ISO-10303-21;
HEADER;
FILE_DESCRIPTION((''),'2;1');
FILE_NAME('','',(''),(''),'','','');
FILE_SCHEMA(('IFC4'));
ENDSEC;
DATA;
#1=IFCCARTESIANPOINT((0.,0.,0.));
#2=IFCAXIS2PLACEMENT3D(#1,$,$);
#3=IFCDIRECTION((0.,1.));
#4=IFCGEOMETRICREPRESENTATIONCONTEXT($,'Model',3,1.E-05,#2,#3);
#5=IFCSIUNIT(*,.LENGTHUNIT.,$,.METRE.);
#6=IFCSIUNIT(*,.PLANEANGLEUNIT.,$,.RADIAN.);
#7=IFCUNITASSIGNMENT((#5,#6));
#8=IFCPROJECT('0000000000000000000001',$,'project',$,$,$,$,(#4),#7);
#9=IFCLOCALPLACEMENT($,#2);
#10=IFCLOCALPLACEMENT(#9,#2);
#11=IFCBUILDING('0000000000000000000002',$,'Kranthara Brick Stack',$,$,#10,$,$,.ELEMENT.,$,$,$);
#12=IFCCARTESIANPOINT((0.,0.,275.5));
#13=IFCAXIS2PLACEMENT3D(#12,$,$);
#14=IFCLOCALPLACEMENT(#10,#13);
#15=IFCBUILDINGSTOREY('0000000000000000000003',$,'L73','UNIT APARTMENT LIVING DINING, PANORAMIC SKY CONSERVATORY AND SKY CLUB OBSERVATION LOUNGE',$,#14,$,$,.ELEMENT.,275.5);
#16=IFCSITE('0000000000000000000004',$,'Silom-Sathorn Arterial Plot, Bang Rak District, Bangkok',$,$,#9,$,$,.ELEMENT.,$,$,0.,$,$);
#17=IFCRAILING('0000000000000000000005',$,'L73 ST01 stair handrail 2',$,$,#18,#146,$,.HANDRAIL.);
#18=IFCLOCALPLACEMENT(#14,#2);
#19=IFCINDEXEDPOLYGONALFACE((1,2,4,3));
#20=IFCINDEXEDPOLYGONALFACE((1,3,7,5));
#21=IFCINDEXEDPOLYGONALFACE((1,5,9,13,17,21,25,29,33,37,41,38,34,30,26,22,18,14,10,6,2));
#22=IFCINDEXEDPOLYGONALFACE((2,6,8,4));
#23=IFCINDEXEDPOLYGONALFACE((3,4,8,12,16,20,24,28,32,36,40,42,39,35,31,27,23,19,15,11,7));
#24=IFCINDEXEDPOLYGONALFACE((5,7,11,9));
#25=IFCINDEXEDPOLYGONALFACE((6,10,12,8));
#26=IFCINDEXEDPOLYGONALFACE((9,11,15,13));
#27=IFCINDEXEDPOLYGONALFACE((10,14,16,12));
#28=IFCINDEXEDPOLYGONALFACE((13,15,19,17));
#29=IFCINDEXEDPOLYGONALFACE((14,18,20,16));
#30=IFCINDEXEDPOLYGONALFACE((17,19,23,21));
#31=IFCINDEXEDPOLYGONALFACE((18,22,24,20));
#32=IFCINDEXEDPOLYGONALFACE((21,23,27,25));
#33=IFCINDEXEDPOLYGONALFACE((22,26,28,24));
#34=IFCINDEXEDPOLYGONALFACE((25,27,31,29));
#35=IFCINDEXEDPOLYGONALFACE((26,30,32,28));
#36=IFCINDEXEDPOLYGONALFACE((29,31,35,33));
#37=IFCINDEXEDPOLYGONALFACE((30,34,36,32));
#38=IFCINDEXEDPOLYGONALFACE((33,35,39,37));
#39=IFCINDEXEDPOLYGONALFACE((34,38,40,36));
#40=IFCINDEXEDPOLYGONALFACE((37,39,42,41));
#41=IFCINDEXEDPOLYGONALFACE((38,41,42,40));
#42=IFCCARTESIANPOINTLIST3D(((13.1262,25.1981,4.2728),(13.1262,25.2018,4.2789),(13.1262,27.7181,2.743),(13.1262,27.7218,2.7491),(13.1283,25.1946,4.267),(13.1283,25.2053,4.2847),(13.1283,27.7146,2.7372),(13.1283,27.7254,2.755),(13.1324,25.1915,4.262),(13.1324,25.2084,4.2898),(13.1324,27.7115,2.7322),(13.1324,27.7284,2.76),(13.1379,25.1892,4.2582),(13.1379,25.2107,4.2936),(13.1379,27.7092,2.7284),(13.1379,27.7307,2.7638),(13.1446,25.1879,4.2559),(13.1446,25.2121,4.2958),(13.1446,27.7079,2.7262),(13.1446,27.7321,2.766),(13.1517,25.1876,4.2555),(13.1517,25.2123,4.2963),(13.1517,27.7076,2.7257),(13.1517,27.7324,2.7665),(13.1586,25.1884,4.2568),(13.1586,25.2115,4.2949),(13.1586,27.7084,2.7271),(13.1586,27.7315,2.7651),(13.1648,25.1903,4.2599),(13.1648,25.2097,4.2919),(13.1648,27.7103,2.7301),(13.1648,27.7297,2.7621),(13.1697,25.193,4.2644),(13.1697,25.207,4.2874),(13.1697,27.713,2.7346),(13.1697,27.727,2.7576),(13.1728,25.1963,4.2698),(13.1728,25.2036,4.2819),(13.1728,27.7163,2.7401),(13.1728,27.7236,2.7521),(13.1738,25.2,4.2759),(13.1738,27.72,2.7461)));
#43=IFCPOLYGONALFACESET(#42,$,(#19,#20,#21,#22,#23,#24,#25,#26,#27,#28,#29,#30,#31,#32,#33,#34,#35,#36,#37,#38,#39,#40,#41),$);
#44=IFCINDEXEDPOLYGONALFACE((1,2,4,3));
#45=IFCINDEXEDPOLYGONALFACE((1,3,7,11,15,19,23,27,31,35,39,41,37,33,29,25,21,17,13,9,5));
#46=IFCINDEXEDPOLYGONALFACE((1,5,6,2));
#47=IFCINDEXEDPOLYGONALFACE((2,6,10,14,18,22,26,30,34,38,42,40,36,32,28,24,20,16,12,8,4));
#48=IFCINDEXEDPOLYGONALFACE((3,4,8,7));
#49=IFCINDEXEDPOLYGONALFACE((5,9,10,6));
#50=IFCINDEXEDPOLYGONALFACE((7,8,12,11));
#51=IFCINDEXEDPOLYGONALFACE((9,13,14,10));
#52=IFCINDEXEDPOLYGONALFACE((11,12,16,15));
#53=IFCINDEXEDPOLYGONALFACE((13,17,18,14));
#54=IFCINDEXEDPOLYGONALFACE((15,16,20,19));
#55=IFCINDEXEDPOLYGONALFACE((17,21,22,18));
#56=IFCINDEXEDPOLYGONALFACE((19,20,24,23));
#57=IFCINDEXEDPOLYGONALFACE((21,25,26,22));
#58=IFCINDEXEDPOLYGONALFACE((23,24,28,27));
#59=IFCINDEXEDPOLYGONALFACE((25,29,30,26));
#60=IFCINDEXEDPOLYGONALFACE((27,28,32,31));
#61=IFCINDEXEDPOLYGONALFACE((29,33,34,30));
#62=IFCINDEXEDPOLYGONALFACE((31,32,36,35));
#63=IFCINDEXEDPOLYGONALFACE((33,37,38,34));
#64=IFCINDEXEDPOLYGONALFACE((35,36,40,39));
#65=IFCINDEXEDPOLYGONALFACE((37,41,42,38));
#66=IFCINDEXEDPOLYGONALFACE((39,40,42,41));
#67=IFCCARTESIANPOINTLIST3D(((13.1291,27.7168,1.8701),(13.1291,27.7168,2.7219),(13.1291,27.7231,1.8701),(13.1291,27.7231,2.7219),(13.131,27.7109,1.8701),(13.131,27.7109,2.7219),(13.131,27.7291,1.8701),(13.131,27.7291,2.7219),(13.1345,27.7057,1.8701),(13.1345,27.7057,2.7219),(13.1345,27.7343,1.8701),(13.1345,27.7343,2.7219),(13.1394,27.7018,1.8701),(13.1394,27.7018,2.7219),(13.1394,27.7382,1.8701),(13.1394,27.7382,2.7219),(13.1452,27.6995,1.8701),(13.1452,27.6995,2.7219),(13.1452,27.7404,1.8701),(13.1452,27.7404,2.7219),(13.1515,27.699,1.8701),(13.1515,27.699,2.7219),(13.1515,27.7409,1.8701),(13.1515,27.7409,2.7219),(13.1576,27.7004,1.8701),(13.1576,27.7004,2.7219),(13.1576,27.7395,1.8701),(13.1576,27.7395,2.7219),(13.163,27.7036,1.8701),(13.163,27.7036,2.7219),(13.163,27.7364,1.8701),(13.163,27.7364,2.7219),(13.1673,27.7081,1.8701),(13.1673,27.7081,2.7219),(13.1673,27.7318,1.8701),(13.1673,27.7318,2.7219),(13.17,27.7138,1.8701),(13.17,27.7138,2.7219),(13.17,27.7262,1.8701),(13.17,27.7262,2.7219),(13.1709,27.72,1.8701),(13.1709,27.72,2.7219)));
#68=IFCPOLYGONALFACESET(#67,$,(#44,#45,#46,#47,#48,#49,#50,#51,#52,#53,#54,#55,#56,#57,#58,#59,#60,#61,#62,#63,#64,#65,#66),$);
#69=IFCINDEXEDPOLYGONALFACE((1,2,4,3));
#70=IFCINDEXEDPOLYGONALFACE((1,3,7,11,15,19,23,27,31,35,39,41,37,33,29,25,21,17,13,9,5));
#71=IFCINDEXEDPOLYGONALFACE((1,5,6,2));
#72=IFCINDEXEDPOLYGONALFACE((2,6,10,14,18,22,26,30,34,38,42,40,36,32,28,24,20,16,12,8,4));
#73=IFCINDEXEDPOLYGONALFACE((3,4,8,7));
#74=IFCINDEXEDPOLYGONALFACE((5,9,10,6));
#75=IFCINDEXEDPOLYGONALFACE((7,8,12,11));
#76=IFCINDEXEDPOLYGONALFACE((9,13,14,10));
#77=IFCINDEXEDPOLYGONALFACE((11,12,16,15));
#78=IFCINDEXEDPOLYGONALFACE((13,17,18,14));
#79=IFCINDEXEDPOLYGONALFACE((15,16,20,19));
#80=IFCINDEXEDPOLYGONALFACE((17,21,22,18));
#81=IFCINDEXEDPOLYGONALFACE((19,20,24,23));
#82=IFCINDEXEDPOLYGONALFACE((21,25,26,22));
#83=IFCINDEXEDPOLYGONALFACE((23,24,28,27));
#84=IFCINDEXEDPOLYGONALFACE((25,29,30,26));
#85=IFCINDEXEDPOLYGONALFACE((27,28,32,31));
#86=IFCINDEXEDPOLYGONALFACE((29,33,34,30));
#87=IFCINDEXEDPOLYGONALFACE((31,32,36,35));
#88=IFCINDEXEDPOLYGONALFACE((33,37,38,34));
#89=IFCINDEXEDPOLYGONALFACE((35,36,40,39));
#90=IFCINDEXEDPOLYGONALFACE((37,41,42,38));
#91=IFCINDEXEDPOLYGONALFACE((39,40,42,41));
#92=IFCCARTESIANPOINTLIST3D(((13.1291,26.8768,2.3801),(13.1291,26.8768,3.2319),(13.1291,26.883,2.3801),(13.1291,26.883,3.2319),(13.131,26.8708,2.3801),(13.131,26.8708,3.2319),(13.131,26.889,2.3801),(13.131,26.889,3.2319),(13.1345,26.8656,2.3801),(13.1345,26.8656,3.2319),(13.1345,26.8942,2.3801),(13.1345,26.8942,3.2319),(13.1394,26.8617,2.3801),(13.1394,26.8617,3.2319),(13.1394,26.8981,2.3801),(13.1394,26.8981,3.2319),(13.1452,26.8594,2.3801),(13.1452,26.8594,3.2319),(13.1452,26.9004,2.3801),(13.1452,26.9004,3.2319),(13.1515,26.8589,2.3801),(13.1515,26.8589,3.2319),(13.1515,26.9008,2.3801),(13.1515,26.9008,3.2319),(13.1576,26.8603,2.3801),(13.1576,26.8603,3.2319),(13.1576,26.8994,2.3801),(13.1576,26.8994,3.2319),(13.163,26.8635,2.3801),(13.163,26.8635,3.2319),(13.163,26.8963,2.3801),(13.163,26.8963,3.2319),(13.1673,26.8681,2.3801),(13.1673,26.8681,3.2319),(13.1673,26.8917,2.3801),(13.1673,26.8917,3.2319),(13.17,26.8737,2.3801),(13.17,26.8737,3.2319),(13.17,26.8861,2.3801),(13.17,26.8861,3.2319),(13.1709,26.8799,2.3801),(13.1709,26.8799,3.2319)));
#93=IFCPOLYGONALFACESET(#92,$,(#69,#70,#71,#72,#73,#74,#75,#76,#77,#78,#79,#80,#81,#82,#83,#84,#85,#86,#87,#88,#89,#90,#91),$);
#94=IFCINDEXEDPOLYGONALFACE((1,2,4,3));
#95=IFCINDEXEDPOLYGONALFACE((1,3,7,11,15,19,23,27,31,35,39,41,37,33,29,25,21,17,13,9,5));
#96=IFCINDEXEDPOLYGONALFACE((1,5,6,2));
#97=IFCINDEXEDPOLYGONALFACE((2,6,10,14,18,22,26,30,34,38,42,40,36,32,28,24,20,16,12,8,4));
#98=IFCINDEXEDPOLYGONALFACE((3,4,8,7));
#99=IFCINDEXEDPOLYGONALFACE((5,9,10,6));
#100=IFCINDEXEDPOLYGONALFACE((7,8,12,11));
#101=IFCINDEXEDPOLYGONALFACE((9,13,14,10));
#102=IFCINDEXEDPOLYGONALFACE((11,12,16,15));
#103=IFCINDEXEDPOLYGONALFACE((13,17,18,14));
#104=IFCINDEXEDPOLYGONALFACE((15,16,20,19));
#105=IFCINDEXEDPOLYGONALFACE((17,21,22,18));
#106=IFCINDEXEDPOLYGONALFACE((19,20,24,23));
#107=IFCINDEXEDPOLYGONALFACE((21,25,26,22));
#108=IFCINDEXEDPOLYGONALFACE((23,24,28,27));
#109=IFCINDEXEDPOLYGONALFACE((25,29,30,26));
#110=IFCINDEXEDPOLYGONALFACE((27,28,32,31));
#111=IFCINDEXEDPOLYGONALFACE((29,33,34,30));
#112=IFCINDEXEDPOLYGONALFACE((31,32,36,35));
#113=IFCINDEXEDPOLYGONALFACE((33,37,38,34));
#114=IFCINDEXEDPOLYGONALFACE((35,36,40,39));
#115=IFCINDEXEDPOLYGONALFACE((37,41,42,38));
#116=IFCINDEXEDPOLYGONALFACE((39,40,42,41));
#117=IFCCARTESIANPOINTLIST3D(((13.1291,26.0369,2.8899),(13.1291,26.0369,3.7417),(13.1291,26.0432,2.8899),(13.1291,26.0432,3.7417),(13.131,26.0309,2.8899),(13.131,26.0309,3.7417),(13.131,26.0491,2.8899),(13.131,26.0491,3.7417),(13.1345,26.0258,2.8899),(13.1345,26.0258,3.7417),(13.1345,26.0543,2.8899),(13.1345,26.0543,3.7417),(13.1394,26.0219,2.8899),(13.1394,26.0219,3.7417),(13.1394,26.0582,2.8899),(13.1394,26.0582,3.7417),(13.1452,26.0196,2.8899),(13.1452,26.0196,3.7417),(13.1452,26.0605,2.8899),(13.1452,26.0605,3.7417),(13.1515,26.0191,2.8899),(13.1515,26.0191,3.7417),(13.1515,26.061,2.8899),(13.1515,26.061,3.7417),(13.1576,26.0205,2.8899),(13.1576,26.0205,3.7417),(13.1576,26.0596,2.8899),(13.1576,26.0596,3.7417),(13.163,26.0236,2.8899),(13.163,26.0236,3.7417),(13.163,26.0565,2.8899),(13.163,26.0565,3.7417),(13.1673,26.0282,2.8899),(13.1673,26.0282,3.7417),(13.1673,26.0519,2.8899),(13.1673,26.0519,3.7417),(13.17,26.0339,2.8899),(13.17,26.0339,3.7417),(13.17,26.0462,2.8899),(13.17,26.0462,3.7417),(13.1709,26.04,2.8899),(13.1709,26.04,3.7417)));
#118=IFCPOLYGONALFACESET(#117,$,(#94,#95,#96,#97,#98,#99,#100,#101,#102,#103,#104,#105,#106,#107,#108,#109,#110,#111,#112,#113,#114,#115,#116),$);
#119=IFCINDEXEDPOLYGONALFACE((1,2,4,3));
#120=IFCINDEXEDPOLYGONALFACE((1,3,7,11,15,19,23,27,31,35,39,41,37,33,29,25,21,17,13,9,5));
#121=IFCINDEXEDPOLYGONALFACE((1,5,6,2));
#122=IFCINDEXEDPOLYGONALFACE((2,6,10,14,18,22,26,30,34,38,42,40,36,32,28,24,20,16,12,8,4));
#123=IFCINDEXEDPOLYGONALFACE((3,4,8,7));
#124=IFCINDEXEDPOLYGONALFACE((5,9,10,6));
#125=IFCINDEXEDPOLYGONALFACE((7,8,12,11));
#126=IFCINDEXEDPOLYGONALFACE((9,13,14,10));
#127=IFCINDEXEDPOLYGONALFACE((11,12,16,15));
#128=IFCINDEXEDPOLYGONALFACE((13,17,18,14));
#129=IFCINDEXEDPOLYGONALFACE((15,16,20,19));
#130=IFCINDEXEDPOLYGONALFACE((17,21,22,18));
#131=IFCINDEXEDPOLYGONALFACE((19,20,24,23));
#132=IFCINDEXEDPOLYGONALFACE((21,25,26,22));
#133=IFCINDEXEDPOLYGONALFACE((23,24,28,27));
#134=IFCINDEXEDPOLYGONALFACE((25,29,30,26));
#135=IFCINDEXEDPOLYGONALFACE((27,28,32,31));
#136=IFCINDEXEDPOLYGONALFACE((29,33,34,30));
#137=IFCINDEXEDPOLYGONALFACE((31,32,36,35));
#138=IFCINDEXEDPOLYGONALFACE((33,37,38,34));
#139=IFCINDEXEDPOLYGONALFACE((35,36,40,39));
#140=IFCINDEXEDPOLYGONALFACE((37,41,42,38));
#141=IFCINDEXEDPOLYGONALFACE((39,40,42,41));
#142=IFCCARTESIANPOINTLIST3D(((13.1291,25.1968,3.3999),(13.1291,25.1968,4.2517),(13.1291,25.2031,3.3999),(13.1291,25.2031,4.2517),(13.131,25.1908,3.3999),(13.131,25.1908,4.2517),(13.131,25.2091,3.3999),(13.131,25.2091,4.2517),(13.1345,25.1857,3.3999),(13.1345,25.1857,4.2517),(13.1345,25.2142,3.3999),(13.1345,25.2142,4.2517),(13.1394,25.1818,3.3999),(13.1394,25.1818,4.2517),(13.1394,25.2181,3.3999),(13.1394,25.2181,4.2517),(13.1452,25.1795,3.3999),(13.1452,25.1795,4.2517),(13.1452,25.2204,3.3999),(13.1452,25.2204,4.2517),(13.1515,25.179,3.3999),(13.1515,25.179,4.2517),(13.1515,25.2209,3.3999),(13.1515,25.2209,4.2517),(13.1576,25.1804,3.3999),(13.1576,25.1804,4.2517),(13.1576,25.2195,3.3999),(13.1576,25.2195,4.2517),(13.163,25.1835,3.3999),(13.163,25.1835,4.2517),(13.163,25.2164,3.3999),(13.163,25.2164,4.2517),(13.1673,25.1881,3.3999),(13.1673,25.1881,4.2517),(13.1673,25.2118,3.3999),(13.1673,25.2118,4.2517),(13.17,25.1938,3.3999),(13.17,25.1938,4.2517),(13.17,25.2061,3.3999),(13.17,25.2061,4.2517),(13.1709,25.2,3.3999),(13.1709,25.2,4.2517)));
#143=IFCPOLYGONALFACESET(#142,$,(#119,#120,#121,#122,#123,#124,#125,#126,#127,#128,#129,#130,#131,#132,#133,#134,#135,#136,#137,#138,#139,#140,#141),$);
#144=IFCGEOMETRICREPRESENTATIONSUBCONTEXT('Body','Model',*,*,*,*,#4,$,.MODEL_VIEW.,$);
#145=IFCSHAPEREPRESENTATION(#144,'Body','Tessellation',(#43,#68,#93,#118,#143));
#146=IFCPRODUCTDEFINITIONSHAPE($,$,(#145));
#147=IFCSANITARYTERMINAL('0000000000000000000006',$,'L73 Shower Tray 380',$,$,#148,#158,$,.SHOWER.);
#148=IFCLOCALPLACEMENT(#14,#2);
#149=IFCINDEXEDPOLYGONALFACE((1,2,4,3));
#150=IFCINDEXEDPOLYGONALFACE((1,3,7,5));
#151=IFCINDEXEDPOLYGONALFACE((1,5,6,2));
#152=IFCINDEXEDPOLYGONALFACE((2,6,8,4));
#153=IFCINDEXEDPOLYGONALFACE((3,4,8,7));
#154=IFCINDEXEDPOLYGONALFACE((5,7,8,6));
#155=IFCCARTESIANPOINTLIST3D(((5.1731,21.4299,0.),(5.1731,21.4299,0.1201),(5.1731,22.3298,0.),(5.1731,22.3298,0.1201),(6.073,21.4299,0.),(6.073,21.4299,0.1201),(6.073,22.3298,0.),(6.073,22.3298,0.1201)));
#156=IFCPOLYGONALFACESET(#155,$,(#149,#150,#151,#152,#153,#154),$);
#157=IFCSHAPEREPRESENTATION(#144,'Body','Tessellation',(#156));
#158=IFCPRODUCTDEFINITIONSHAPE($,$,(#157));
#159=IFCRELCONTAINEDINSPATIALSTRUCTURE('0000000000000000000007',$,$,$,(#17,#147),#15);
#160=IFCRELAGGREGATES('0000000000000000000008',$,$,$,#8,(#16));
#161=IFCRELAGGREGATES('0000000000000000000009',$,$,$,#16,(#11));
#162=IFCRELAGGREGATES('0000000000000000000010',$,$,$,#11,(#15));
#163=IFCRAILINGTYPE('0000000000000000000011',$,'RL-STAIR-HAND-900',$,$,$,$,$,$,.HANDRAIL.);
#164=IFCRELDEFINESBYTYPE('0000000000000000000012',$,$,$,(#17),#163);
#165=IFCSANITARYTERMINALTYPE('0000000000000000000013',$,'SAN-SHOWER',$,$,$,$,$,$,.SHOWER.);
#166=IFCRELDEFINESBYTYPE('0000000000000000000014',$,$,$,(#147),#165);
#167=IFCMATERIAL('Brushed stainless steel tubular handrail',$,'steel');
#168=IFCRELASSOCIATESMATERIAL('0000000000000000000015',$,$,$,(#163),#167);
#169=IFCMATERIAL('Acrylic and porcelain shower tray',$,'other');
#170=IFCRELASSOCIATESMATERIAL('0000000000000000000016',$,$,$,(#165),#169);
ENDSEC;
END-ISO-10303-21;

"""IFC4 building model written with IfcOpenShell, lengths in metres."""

from ifc_helpers import new_model, si_unit, direction, frame, origin, origin_2d, place, context, subcontext, project, spatial, rectangle, circle, extrude, material, type_object, element, save


model = new_model("IFC4")

# Units and contexts
model_context = context("Model", 3, precision=1e-05, world=origin(), true_north=direction((0.0, 1.0)))
body_context = subcontext(model_context, "Body", "Model", "MODEL_VIEW")
ifc_project = project(units=[si_unit("LENGTHUNIT", "METRE"), si_unit("PLANEANGLEUNIT", "RADIAN")], contexts=[model_context])

# Site, building, storey
site_placement = place(None, origin())
site = spatial("IfcSite", under=ifc_project, at=site_placement, Name="Silom-Sathorn Arterial Plot, Bang Rak District, Bangkok", CompositionType="ELEMENT", RefElevation=0.0)
building_placement = place(site_placement, origin())
building = spatial("IfcBuilding", under=site, at=building_placement, Name="Kranthara Brick Stack", CompositionType="ELEMENT")
storey_placement = place(building_placement, frame((0.0, 0.0, 275.5)))
storey = spatial("IfcBuildingStorey", under=building, at=storey_placement, Name="L73", Description="UNIT APARTMENT LIVING DINING, PANORAMIC SKY CONSERVATORY AND SKY CLUB OBSERVATION LOUNGE", CompositionType="ELEMENT", Elevation=275.5)

# Railing
ifc_material_1 = material(Name="Brushed stainless steel tubular handrail", Category="steel")
railing_type_1 = type_object("IfcRailingType", Name="RL-STAIR-HAND-900", PredefinedType="HANDRAIL", material=ifc_material_1)
railing_1_placement = place(storey_placement, frame((13.1499, 27.72, 1.8701)))
element("IfcRailing", 1, at=railing_1_placement, inside=storey, type_object=railing_type_1, Name="L73 ST01 stair handrail 2", PredefinedType="HANDRAIL", context=body_context, shape_type="SweptSolid", body=[
    extrude(circle(Radius=0.0239, at=origin_2d()), frame((0.0, 0.0, 0.876), z_axis=(0.0, -0.854822, 0.518922), x_axis=(1.0, 0.0, 0.0)), (0.0, 0.0, 1.0), 2.948),
    extrude(circle(Radius=0.021, at=origin_2d()), origin(), (0.0, 0.0, 1.0), 0.8518),
    extrude(circle(Radius=0.021, at=origin_2d()), frame((0.0, -0.8401, 0.51)), (0.0, 0.0, 1.0), 0.8518),
    extrude(circle(Radius=0.021, at=origin_2d()), frame((0.0, -1.6799, 1.0198)), (0.0, 0.0, 1.0), 0.8518),
    extrude(circle(Radius=0.021, at=origin_2d()), frame((0.0, -2.52, 1.5298)), (0.0, 0.0, 1.0), 0.8518),
])

# Sanitary terminal
ifc_material_2 = material(Name="Acrylic and porcelain shower tray", Category="other")
sanitary_terminal_type = type_object("IfcSanitaryTerminalType", Name="SAN-SHOWER", PredefinedType="SHOWER", material=ifc_material_2)
sanitary_terminal_placement = place(storey_placement, frame((5.623, 21.8799, 0.0), z_axis=(0.0, 0.0, 1.0), x_axis=(1.0, 0.0, 0.0)))
element("IfcSanitaryTerminal", 2, at=sanitary_terminal_placement, inside=storey, type_object=sanitary_terminal_type, Name="L73 Shower Tray 380", PredefinedType="SHOWER", context=body_context, shape_type="SweptSolid", body=[
    extrude(rectangle(XDim=0.8999, YDim=0.8999, at=origin_2d()), origin(), (0.0, 0.0, 1.0), 0.1201),
])

save(model, "model.ifc")
